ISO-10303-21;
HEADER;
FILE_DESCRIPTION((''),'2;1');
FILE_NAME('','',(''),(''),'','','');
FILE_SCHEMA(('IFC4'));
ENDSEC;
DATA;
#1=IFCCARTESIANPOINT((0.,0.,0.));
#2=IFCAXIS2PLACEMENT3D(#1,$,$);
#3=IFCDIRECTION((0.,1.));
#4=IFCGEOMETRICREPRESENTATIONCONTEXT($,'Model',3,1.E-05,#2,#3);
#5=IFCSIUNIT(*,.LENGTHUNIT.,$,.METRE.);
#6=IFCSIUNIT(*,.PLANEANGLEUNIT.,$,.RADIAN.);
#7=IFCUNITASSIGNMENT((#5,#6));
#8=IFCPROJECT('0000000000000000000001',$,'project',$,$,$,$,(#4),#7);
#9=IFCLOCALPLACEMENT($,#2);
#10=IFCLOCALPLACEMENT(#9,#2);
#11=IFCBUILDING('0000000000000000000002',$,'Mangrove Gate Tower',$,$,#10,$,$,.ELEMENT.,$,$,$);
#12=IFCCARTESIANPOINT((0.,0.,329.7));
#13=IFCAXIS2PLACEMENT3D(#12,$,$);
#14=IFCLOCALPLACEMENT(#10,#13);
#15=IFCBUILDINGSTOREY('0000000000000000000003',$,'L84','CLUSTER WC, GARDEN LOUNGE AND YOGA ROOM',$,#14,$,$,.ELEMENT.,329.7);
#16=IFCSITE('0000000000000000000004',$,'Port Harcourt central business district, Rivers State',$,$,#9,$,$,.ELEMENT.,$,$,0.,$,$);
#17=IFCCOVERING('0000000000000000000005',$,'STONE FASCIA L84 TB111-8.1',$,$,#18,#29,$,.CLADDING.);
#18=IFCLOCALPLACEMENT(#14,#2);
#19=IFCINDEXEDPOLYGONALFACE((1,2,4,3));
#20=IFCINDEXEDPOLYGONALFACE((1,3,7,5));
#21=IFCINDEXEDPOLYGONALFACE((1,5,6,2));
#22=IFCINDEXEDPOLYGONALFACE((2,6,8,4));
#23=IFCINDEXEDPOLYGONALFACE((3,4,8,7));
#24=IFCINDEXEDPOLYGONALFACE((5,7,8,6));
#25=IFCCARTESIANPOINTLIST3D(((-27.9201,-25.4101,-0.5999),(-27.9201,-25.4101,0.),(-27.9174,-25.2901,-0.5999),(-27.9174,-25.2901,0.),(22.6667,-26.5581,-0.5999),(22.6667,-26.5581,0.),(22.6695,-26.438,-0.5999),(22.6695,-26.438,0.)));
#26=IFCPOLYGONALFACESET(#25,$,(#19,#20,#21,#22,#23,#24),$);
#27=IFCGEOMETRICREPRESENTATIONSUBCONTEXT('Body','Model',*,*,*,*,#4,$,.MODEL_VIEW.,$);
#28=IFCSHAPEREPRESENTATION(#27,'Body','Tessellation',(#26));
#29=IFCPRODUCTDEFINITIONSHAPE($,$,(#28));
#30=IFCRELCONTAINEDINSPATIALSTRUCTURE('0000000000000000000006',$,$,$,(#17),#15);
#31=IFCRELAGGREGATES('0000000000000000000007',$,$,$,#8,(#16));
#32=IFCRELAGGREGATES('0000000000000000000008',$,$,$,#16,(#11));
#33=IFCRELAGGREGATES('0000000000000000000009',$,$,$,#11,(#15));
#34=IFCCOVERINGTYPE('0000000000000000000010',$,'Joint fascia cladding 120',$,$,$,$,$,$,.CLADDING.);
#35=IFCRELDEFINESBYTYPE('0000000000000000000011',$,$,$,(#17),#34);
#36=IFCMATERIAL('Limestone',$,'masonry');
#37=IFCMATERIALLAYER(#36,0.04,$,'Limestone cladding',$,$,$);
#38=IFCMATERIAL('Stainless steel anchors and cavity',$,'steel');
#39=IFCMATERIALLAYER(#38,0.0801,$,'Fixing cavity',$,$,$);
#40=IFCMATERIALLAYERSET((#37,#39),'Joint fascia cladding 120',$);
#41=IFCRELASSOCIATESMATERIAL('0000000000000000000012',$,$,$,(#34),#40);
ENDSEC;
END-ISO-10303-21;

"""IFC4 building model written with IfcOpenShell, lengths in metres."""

from ifc_helpers import new_model, si_unit, direction, frame, frame_2d, origin, place, context, subcontext, project, spatial, rectangle, extrude, material, layer, layer_set, type_object, element, save


model = new_model("IFC4")

# Units and contexts
model_context = context("Model", 3, precision=1e-05, world=origin(), true_north=direction((0.0, 1.0)))
body_context = subcontext(model_context, "Body", "Model", "MODEL_VIEW")
ifc_project = project(units=[si_unit("LENGTHUNIT", "METRE"), si_unit("PLANEANGLEUNIT", "RADIAN")], contexts=[model_context])

# Site, building, storey
site_placement = place(None, origin())
site = spatial("IfcSite", under=ifc_project, at=site_placement, Name="Port Harcourt central business district, Rivers State", CompositionType="ELEMENT", RefElevation=0.0)
building_placement = place(site_placement, origin())
building = spatial("IfcBuilding", under=site, at=building_placement, Name="Mangrove Gate Tower", CompositionType="ELEMENT")
storey_placement = place(building_placement, frame((0.0, 0.0, 329.7)))
storey = spatial("IfcBuildingStorey", under=building, at=storey_placement, Name="L84", Description="CLUSTER WC, GARDEN LOUNGE AND YOGA ROOM", CompositionType="ELEMENT", Elevation=329.7)

# Shared definitions
ifc_material_1 = material(Name="Limestone", Category="masonry")

# Covering
ifc_layer_1 = layer(ifc_material_1, 0.04, Name="Limestone cladding")
ifc_material_2 = material(Name="Stainless steel anchors and cavity", Category="steel")
ifc_layer_2 = layer(ifc_material_2, 0.0801, Name="Fixing cavity")
ifc_layer_set_1 = layer_set([ifc_layer_1, ifc_layer_2], Name="Joint fascia cladding 120")
covering_type = type_object("IfcCoveringType", Name="Joint fascia cladding 120", PredefinedType="CLADDING", material=ifc_layer_set_1)
covering_1_placement = place(storey_placement, frame((22.668, -26.498, -0.5999), z_axis=(0.0, 0.0, 1.0), x_axis=(-0.999743, 0.022687, 0.0)))
element("IfcCovering", 1, at=covering_1_placement, inside=storey, type_object=covering_type, Name="STONE FASCIA L84 TB111-8.1", PredefinedType="CLADDING", context=body_context, shape_type="SweptSolid", body=[
    extrude(rectangle(XDim=50.5999, YDim=0.1201, at=frame_2d((25.2998, 0.0))), origin(), (0.0, 0.0, 1.0), 0.5999),
])

save(model, "model.ifc")
